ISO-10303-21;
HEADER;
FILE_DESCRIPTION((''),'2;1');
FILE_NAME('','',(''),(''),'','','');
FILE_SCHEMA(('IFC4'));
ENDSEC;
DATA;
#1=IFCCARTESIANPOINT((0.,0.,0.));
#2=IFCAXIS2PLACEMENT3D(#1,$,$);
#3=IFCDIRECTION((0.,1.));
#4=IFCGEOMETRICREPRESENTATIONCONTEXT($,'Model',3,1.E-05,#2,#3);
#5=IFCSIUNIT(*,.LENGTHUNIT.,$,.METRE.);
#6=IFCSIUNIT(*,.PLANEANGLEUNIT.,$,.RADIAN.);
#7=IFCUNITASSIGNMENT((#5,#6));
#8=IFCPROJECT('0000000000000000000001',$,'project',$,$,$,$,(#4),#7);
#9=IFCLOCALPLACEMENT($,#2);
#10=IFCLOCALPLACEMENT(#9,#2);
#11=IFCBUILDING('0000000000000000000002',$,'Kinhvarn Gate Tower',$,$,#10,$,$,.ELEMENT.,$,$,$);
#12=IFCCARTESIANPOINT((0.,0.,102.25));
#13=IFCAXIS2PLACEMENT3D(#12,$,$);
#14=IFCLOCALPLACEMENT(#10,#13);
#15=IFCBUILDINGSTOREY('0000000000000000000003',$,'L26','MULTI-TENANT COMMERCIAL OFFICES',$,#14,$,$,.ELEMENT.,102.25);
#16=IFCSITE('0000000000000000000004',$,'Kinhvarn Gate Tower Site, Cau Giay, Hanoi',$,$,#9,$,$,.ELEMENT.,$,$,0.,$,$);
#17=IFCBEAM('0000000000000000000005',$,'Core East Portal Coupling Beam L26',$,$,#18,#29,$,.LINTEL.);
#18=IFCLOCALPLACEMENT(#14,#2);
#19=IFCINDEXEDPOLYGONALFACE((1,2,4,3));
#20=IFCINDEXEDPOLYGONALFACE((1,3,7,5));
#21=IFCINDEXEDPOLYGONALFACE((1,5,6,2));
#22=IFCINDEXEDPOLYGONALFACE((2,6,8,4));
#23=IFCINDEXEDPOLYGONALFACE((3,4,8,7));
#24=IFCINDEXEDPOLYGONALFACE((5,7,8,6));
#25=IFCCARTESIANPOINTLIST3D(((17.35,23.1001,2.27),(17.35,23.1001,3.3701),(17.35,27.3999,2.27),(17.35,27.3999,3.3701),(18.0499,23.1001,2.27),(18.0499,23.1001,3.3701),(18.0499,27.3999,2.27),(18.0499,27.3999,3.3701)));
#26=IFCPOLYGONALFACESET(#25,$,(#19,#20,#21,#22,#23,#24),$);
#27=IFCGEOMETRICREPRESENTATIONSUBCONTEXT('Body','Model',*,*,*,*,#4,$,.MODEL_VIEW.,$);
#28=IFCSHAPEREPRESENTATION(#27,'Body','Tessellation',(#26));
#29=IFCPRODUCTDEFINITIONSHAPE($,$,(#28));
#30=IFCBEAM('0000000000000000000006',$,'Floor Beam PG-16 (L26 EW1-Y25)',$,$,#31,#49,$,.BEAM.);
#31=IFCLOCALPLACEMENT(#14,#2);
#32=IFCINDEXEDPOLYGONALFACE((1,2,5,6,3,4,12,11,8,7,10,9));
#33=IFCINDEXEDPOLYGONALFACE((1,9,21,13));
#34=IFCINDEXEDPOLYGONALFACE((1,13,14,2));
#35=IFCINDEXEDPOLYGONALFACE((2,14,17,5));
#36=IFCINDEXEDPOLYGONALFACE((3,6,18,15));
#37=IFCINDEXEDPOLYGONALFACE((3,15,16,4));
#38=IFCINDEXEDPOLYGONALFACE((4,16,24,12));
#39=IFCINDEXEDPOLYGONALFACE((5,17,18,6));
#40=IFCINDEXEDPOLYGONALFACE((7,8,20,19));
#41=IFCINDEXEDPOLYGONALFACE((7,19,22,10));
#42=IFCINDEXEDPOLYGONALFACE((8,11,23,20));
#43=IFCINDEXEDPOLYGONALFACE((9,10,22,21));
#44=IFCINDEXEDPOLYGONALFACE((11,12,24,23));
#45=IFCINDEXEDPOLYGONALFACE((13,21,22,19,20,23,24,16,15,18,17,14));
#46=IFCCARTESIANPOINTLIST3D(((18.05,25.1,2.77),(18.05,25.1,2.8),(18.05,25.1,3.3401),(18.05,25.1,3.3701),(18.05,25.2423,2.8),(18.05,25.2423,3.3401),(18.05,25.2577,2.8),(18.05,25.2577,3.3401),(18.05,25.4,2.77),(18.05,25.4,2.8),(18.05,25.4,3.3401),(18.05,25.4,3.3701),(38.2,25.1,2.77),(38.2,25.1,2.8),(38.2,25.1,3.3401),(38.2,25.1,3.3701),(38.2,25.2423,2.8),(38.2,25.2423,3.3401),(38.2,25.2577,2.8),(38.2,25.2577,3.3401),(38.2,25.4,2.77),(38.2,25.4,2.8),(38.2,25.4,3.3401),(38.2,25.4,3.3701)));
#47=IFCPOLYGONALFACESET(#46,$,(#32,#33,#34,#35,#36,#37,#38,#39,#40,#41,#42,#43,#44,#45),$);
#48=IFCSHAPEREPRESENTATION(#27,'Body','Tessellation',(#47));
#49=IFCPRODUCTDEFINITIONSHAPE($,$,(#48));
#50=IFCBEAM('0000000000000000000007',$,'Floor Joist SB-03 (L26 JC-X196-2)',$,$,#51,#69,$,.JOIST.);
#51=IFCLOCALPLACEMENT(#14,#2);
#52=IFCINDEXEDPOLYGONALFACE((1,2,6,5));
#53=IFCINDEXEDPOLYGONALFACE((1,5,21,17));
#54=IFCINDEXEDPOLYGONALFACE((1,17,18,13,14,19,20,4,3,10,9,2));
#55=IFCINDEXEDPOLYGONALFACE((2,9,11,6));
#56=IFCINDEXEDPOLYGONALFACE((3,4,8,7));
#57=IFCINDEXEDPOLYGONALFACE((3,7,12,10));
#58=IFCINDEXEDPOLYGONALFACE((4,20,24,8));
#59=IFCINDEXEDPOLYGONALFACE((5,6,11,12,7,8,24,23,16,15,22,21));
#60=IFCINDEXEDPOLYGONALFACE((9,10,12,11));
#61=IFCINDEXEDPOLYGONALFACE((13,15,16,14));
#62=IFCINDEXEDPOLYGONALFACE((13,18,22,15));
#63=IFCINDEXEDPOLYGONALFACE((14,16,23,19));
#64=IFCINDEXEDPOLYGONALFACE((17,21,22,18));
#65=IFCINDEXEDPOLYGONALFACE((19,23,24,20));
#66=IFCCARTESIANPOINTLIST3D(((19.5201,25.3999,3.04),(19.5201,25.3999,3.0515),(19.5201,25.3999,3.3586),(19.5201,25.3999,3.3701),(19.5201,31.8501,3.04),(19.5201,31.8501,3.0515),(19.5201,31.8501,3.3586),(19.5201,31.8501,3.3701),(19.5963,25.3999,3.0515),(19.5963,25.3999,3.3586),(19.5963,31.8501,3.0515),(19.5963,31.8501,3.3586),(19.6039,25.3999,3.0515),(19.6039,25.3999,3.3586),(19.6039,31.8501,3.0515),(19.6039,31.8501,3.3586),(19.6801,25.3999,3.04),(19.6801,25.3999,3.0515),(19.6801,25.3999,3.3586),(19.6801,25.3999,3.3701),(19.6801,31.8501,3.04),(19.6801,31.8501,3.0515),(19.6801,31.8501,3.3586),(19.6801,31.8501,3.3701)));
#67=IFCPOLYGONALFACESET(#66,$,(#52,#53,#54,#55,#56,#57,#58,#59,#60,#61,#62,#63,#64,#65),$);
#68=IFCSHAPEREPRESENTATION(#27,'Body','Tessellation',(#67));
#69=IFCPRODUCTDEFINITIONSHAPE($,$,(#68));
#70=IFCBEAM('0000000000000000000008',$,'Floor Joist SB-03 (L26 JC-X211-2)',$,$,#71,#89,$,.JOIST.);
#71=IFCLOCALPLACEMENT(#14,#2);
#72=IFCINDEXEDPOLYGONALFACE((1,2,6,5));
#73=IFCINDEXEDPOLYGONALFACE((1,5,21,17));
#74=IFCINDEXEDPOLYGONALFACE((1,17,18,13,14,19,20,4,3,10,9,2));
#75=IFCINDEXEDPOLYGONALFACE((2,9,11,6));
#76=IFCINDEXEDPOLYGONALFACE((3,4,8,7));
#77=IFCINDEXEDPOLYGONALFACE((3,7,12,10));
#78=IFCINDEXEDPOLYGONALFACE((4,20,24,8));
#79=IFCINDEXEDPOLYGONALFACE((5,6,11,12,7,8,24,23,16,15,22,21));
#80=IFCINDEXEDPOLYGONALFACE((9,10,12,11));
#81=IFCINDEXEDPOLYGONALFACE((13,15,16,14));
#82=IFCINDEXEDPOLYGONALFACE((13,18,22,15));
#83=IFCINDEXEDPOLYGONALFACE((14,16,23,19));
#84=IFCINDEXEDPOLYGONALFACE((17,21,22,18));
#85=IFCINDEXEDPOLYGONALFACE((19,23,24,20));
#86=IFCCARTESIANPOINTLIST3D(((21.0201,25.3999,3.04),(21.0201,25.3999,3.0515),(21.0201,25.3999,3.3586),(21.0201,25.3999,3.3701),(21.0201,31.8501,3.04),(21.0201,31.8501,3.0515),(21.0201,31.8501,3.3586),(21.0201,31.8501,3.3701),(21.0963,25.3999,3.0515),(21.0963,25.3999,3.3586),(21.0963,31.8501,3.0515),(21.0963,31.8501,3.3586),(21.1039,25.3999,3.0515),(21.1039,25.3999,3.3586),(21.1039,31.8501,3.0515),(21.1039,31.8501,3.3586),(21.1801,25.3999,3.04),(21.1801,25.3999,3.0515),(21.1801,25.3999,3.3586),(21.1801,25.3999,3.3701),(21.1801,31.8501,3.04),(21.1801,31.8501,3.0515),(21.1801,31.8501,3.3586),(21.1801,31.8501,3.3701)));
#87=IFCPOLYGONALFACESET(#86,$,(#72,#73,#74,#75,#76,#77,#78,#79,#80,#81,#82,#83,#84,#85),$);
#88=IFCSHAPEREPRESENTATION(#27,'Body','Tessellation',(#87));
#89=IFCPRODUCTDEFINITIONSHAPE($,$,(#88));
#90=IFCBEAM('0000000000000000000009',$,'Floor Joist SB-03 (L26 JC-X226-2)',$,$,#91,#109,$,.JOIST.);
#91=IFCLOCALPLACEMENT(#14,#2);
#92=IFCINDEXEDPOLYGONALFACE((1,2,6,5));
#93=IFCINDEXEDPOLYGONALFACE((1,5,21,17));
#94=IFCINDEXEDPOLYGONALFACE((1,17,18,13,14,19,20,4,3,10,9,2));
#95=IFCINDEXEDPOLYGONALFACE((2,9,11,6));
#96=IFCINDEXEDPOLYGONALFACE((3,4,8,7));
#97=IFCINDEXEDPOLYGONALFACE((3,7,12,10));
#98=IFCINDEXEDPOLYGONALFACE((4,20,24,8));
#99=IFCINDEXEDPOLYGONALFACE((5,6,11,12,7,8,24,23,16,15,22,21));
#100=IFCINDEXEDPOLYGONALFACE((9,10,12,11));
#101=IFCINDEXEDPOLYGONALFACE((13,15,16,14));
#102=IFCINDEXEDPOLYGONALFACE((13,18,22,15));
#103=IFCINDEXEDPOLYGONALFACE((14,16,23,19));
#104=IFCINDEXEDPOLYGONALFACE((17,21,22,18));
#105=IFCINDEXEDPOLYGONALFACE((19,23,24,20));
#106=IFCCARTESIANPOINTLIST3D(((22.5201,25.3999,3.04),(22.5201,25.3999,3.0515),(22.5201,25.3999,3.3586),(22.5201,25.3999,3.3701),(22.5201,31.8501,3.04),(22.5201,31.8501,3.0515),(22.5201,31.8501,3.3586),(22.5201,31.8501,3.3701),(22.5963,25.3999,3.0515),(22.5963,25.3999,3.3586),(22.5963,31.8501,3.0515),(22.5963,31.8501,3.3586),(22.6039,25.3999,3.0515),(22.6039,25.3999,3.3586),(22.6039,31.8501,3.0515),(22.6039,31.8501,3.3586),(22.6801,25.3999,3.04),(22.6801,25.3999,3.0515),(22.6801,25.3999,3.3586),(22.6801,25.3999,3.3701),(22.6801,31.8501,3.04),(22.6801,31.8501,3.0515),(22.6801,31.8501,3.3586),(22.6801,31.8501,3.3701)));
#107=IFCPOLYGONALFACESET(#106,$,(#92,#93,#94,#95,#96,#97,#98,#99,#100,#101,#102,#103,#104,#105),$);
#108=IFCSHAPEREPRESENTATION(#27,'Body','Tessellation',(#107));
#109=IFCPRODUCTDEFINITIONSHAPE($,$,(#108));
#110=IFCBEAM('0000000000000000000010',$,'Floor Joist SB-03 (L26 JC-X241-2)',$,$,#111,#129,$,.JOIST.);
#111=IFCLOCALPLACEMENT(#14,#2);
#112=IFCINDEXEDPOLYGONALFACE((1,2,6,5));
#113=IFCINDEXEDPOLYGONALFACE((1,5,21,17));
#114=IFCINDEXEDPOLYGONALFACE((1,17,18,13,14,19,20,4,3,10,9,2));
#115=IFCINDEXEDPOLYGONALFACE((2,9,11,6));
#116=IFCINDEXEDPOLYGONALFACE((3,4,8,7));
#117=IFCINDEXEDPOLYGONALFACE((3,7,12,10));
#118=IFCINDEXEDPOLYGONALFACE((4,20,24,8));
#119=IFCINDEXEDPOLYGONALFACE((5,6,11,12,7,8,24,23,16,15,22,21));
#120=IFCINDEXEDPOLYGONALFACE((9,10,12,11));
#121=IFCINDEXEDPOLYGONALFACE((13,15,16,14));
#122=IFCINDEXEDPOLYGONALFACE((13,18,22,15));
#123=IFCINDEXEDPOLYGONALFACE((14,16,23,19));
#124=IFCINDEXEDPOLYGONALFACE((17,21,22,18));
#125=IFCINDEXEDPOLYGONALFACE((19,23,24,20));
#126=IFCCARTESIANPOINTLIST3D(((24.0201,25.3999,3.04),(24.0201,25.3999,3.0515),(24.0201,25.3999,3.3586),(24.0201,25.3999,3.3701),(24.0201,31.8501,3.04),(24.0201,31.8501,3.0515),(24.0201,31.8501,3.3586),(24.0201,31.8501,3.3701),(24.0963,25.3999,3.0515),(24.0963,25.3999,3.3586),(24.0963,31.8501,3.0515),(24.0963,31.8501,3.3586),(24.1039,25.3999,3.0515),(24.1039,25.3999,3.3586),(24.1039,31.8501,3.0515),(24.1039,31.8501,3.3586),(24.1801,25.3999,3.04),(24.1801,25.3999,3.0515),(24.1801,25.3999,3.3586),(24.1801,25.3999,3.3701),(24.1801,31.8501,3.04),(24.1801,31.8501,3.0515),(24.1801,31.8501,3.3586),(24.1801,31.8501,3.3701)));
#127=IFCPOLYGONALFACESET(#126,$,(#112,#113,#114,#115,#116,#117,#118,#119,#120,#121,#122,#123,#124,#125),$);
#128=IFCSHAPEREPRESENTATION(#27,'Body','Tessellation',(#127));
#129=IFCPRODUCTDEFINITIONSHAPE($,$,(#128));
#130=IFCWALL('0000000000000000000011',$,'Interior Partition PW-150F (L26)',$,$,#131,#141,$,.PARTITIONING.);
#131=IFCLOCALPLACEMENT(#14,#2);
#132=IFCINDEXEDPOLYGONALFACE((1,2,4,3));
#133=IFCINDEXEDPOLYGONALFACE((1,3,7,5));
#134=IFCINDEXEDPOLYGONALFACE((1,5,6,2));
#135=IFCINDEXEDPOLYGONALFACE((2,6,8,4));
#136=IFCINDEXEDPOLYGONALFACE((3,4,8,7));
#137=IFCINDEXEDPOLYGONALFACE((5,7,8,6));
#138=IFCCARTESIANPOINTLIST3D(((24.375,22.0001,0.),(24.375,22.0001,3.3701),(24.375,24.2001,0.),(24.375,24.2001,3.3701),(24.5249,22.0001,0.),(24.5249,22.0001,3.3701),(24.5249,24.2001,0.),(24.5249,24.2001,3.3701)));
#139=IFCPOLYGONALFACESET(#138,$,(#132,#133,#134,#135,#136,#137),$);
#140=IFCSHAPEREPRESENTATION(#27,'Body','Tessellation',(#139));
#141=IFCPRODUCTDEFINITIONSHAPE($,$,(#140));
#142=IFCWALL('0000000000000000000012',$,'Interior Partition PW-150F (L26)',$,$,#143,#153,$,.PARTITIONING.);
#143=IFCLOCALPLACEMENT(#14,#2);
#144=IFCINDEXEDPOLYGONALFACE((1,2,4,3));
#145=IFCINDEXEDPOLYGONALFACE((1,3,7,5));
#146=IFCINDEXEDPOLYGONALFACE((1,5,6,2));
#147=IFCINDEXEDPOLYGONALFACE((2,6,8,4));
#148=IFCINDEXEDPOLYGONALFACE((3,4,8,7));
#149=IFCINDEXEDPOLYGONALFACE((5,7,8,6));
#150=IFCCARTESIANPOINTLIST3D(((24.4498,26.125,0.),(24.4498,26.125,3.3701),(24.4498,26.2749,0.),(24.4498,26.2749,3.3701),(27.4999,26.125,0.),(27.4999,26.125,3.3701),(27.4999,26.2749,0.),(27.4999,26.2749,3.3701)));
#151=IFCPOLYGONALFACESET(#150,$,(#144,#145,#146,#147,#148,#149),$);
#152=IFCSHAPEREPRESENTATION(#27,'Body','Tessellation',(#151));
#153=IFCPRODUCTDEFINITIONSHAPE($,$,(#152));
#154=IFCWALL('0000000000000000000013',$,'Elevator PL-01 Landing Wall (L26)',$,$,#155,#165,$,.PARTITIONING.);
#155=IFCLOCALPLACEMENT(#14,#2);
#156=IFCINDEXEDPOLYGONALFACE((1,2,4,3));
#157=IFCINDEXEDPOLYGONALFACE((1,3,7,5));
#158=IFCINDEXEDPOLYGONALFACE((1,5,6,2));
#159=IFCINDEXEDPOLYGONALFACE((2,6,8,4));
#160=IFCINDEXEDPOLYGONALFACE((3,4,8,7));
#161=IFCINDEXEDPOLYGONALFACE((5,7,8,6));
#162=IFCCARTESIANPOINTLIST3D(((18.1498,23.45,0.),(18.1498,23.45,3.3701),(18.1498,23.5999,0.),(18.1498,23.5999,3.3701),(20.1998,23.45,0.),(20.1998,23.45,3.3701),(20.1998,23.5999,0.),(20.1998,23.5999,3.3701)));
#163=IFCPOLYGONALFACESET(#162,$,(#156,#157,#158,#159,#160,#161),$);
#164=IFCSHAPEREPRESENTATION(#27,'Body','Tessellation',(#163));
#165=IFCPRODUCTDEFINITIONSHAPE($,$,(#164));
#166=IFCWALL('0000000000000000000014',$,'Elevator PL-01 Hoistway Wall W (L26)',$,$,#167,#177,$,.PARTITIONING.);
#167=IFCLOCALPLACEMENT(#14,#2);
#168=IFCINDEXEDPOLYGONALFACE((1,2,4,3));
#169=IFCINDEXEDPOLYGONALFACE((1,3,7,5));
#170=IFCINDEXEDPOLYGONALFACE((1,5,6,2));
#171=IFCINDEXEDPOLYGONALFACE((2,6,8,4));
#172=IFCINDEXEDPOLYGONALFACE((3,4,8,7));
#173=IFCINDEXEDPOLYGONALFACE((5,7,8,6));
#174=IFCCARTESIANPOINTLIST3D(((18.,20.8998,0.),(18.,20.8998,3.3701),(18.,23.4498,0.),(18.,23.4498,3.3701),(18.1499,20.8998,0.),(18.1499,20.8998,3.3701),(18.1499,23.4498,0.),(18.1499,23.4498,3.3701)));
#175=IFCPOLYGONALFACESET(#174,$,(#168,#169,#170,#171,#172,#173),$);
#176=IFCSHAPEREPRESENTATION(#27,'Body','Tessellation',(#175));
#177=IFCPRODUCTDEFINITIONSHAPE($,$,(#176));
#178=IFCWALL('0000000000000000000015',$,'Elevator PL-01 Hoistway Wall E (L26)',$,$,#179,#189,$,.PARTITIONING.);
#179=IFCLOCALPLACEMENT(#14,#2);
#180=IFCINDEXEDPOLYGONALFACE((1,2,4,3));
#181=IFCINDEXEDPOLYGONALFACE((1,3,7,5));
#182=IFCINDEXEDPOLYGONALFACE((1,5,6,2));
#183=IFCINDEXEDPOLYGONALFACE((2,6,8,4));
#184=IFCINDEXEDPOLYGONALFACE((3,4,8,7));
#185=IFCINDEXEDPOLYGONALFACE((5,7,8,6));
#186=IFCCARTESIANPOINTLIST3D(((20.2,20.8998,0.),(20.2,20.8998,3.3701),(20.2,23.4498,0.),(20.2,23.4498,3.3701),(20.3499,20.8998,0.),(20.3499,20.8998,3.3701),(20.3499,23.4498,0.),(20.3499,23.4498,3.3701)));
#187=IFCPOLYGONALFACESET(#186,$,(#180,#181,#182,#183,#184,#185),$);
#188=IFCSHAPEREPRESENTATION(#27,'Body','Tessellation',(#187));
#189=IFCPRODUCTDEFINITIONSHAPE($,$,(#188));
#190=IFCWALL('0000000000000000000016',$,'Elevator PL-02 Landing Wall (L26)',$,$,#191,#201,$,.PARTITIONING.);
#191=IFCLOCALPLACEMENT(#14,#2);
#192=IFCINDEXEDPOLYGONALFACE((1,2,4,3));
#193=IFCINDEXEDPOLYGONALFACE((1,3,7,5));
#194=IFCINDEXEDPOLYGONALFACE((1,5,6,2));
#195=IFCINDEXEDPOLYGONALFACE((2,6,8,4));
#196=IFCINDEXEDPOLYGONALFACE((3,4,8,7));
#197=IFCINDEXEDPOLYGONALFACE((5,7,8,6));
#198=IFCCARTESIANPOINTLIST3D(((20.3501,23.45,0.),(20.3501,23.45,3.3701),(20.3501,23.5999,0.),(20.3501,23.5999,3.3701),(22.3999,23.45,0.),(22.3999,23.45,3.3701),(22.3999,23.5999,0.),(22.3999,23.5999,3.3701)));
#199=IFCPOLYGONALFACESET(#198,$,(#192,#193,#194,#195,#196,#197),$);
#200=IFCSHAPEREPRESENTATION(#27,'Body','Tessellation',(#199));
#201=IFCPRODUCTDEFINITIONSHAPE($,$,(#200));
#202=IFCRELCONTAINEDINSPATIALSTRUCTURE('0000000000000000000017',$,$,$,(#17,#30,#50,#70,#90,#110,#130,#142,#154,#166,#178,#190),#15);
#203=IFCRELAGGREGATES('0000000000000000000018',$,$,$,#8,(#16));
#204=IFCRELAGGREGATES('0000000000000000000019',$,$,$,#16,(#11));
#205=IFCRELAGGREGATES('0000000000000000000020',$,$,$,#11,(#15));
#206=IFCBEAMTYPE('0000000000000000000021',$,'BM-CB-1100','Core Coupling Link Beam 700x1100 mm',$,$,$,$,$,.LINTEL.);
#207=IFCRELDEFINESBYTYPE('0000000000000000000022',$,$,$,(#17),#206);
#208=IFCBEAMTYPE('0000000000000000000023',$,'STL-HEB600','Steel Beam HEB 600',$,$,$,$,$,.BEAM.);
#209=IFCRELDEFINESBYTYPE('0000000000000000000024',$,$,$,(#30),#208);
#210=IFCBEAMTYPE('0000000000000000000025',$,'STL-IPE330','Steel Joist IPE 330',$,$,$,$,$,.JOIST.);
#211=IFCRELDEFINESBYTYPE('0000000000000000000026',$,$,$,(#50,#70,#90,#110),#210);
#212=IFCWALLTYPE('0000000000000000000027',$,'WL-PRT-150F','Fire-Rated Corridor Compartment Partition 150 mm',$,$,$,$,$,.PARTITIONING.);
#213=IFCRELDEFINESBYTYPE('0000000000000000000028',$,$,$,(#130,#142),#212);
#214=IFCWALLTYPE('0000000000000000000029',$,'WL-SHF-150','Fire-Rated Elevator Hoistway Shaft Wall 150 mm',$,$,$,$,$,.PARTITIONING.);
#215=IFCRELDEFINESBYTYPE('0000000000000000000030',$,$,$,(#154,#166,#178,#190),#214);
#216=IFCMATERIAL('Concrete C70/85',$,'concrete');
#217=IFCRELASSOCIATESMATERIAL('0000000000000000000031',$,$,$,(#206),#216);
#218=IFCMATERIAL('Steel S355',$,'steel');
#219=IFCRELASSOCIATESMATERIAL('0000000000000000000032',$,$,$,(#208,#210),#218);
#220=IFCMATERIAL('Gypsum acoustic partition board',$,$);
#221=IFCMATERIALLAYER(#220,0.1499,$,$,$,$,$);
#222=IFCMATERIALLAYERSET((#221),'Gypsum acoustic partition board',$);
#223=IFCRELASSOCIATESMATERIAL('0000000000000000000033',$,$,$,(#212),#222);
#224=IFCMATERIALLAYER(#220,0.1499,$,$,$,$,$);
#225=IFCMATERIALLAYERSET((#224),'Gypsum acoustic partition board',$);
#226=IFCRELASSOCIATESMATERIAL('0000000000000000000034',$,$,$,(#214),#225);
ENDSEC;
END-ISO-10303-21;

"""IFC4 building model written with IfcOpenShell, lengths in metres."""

from ifc_helpers import new_model, si_unit, direction, frame, frame_2d, origin, origin_2d, place, context, subcontext, project, spatial, rectangle, i_section, extrude, material, layer, layer_set, material_profile, profile_set, type_object, element, save


model = new_model("IFC4")

# Units and contexts
model_context = context("Model", 3, precision=1e-05, world=origin(), true_north=direction((0.0, 1.0)))
body_context = subcontext(model_context, "Body", "Model", "MODEL_VIEW")
ifc_project = project(units=[si_unit("LENGTHUNIT", "METRE"), si_unit("PLANEANGLEUNIT", "RADIAN")], contexts=[model_context])

# Site, building, storey
site_placement = place(None, origin())
site = spatial("IfcSite", under=ifc_project, at=site_placement, Name="Kinhvarn Gate Tower Site, Cau Giay, Hanoi", CompositionType="ELEMENT", RefElevation=0.0)
building_placement = place(site_placement, origin())
building = spatial("IfcBuilding", under=site, at=building_placement, Name="Kinhvarn Gate Tower", CompositionType="ELEMENT")
storey_placement = place(building_placement, frame((0.0, 0.0, 102.25)))
storey = spatial("IfcBuildingStorey", under=building, at=storey_placement, Name="L26", Description="MULTI-TENANT COMMERCIAL OFFICES", CompositionType="ELEMENT", Elevation=102.25)

# Beams
ifc_material_1 = material(Name="Concrete C70/85", Category="concrete")
ifc_material_profile_1 = material_profile(ifc_material_1, rectangle(XDim=0.7, YDim=1.1001, at=origin_2d()), Name="RC 700x1100")
ifc_profile_set_1 = profile_set([ifc_material_profile_1], Name="Concrete C70/85")
beam_type_1 = type_object("IfcBeamType", Name="BM-CB-1100", Description="Core Coupling Link Beam 700x1100 mm", PredefinedType="LINTEL", material=ifc_profile_set_1)
beam_1_placement = place(storey_placement, frame((17.7, 23.1001, 2.8201), z_axis=(0.0, 1.0, 0.0), x_axis=(-1.0, 0.0, 0.0)))
element("IfcBeam", 1, at=beam_1_placement, inside=storey, type_object=beam_type_1, Name="Core East Portal Coupling Beam L26", PredefinedType="LINTEL", context=body_context, shape_type="SweptSolid", body=[
    extrude(rectangle(XDim=0.7, YDim=1.1001, at=origin_2d()), origin(), (0.0, 0.0, 1.0), 4.2998),
])
ifc_material_2 = material(Name="Steel S355", Category="steel")
ifc_material_profile_2 = material_profile(ifc_material_2, i_section(OverallWidth=0.3, OverallDepth=0.6001, WebThickness=0.0154, FlangeThickness=0.03, at=origin_2d()), Name="HEB 600")
ifc_profile_set_2 = profile_set([ifc_material_profile_2], Name="Steel S355")
beam_type_2 = type_object("IfcBeamType", Name="STL-HEB600", Description="Steel Beam HEB 600", PredefinedType="BEAM", material=ifc_profile_set_2)
beam_2_placement = place(storey_placement, frame((18.05, 25.25, 3.0701), z_axis=(1.0, 0.0, 0.0), x_axis=(0.0, 1.0, 0.0)))
element("IfcBeam", 2, at=beam_2_placement, inside=storey, type_object=beam_type_2, Name="Floor Beam PG-16 (L26 EW1-Y25)", PredefinedType="BEAM", context=body_context, shape_type="SweptSolid", body=[
    extrude(i_section(OverallWidth=0.3, OverallDepth=0.6001, WebThickness=0.0154, FlangeThickness=0.03, at=origin_2d()), origin(), (0.0, 0.0, 1.0), 20.1499),
])
ifc_material_profile_3 = material_profile(ifc_material_2, i_section(OverallWidth=0.1599, OverallDepth=0.3301, WebThickness=0.0076, FlangeThickness=0.0115, at=origin_2d()), Name="IPE 330")
ifc_profile_set_3 = profile_set([ifc_material_profile_3], Name="Steel S355")
beam_type_3 = type_object("IfcBeamType", Name="STL-IPE330", Description="Steel Joist IPE 330", PredefinedType="JOIST", material=ifc_profile_set_3)
for number, where, z_axis, x_axis, name in (
    (3, (19.6001, 25.3999, 3.2051), (0.0, 1.0, 0.0), (-1.0, 0.0, 0.0), "Floor Joist SB-03 (L26 JC-X196-2)"),
    (4, (21.1001, 25.3999, 3.2051), (0.0, 1.0, 0.0), (-1.0, 0.0, 0.0), "Floor Joist SB-03 (L26 JC-X211-2)"),
    (5, (22.6001, 25.3999, 3.2051), (0.0, 1.0, 0.0), (-1.0, 0.0, 0.0), "Floor Joist SB-03 (L26 JC-X226-2)"),
    (6, (24.1001, 25.3999, 3.2051), (0.0, 1.0, 0.0), (-1.0, 0.0, 0.0), "Floor Joist SB-03 (L26 JC-X241-2)"),
):
    element("IfcBeam", number, at=place(storey_placement, frame(where, z_axis=z_axis, x_axis=x_axis)), inside=storey, type_object=beam_type_3, Name=name, PredefinedType="JOIST", context=body_context, shape_type="SweptSolid", body=[
        extrude(i_section(OverallWidth=0.1599, OverallDepth=0.3301, WebThickness=0.0076, FlangeThickness=0.0115, at=origin_2d()), origin(), (0.0, 0.0, 1.0), 6.4502),
    ])

# Wall
ifc_material_3 = material(Name="Gypsum acoustic partition board")
ifc_layer_1 = layer(ifc_material_3, 0.1499)
ifc_layer_set_1 = layer_set([ifc_layer_1], Name="Gypsum acoustic partition board")
wall_type_1 = type_object("IfcWallType", Name="WL-PRT-150F", Description="Fire-Rated Corridor Compartment Partition 150 mm", PredefinedType="PARTITIONING", material=ifc_layer_set_1)
wall_1_placement = place(storey_placement, frame((24.45, 22.0, 0.0), z_axis=(0.0, 0.0, 1.0), x_axis=(0.0, 1.0, 0.0)))
element("IfcWall", 7, at=wall_1_placement, inside=storey, type_object=wall_type_1, Name="Interior Partition PW-150F (L26)", PredefinedType="PARTITIONING", context=body_context, shape_type="SweptSolid", body=[
    extrude(rectangle(XDim=2.2, YDim=0.1499, at=frame_2d((1.1001, 0.0))), origin(), (0.0, 0.0, 1.0), 3.3701),
])

# Walls
wall_2_placement = place(storey_placement, frame((24.45, 26.2, 0.0), z_axis=(0.0, 0.0, 1.0), x_axis=(1.0, 0.0, 0.0)))
element("IfcWall", 8, at=wall_2_placement, inside=storey, type_object=wall_type_1, Name="Interior Partition PW-150F (L26)", PredefinedType="PARTITIONING", context=body_context, shape_type="SweptSolid", body=[
    extrude(rectangle(XDim=3.05, YDim=0.1499, at=frame_2d((1.5249, 0.0))), origin(), (0.0, 0.0, 1.0), 3.3701),
])
ifc_layer_2 = layer(ifc_material_3, 0.1499)
ifc_layer_set_2 = layer_set([ifc_layer_2], Name="Gypsum acoustic partition board")
wall_type_2 = type_object("IfcWallType", Name="WL-SHF-150", Description="Fire-Rated Elevator Hoistway Shaft Wall 150 mm", PredefinedType="PARTITIONING", material=ifc_layer_set_2)
wall_3_placement = place(storey_placement, frame((18.1499, 23.5249, 0.0), z_axis=(0.0, 0.0, 1.0), x_axis=(1.0, 0.0, 0.0)))
element("IfcWall", 9, at=wall_3_placement, inside=storey, type_object=wall_type_2, Name="Elevator PL-01 Landing Wall (L26)", PredefinedType="PARTITIONING", context=body_context, shape_type="SweptSolid", body=[
    extrude(rectangle(XDim=2.05, YDim=0.1499, at=frame_2d((1.0249, 0.0))), origin(), (0.0, 0.0, 1.0), 3.3701),
])
for number, where, z_axis, x_axis, name in (
    (10, (18.075, 20.8999, 0.0), (0.0, 0.0, 1.0), (0.0, 1.0, 0.0), "Elevator PL-01 Hoistway Wall W (L26)"),
    (11, (20.2749, 20.8999, 0.0), (0.0, 0.0, 1.0), (0.0, 1.0, 0.0), "Elevator PL-01 Hoistway Wall E (L26)"),
):
    element("IfcWall", number, at=place(storey_placement, frame(where, z_axis=z_axis, x_axis=x_axis)), inside=storey, type_object=wall_type_2, Name=name, PredefinedType="PARTITIONING", context=body_context, shape_type="SweptSolid", body=[
        extrude(rectangle(XDim=2.55, YDim=0.1499, at=frame_2d((1.2749, 0.0))), origin(), (0.0, 0.0, 1.0), 3.3701),
    ])
wall_4_placement = place(storey_placement, frame((20.3501, 23.5249, 0.0), z_axis=(0.0, 0.0, 1.0), x_axis=(1.0, 0.0, 0.0)))
element("IfcWall", 12, at=wall_4_placement, inside=storey, type_object=wall_type_2, Name="Elevator PL-02 Landing Wall (L26)", PredefinedType="PARTITIONING", context=body_context, shape_type="SweptSolid", body=[
    extrude(rectangle(XDim=2.0498, YDim=0.1499, at=frame_2d((1.0249, 0.0))), origin(), (0.0, 0.0, 1.0), 3.3701),
])

save(model, "model.ifc")
